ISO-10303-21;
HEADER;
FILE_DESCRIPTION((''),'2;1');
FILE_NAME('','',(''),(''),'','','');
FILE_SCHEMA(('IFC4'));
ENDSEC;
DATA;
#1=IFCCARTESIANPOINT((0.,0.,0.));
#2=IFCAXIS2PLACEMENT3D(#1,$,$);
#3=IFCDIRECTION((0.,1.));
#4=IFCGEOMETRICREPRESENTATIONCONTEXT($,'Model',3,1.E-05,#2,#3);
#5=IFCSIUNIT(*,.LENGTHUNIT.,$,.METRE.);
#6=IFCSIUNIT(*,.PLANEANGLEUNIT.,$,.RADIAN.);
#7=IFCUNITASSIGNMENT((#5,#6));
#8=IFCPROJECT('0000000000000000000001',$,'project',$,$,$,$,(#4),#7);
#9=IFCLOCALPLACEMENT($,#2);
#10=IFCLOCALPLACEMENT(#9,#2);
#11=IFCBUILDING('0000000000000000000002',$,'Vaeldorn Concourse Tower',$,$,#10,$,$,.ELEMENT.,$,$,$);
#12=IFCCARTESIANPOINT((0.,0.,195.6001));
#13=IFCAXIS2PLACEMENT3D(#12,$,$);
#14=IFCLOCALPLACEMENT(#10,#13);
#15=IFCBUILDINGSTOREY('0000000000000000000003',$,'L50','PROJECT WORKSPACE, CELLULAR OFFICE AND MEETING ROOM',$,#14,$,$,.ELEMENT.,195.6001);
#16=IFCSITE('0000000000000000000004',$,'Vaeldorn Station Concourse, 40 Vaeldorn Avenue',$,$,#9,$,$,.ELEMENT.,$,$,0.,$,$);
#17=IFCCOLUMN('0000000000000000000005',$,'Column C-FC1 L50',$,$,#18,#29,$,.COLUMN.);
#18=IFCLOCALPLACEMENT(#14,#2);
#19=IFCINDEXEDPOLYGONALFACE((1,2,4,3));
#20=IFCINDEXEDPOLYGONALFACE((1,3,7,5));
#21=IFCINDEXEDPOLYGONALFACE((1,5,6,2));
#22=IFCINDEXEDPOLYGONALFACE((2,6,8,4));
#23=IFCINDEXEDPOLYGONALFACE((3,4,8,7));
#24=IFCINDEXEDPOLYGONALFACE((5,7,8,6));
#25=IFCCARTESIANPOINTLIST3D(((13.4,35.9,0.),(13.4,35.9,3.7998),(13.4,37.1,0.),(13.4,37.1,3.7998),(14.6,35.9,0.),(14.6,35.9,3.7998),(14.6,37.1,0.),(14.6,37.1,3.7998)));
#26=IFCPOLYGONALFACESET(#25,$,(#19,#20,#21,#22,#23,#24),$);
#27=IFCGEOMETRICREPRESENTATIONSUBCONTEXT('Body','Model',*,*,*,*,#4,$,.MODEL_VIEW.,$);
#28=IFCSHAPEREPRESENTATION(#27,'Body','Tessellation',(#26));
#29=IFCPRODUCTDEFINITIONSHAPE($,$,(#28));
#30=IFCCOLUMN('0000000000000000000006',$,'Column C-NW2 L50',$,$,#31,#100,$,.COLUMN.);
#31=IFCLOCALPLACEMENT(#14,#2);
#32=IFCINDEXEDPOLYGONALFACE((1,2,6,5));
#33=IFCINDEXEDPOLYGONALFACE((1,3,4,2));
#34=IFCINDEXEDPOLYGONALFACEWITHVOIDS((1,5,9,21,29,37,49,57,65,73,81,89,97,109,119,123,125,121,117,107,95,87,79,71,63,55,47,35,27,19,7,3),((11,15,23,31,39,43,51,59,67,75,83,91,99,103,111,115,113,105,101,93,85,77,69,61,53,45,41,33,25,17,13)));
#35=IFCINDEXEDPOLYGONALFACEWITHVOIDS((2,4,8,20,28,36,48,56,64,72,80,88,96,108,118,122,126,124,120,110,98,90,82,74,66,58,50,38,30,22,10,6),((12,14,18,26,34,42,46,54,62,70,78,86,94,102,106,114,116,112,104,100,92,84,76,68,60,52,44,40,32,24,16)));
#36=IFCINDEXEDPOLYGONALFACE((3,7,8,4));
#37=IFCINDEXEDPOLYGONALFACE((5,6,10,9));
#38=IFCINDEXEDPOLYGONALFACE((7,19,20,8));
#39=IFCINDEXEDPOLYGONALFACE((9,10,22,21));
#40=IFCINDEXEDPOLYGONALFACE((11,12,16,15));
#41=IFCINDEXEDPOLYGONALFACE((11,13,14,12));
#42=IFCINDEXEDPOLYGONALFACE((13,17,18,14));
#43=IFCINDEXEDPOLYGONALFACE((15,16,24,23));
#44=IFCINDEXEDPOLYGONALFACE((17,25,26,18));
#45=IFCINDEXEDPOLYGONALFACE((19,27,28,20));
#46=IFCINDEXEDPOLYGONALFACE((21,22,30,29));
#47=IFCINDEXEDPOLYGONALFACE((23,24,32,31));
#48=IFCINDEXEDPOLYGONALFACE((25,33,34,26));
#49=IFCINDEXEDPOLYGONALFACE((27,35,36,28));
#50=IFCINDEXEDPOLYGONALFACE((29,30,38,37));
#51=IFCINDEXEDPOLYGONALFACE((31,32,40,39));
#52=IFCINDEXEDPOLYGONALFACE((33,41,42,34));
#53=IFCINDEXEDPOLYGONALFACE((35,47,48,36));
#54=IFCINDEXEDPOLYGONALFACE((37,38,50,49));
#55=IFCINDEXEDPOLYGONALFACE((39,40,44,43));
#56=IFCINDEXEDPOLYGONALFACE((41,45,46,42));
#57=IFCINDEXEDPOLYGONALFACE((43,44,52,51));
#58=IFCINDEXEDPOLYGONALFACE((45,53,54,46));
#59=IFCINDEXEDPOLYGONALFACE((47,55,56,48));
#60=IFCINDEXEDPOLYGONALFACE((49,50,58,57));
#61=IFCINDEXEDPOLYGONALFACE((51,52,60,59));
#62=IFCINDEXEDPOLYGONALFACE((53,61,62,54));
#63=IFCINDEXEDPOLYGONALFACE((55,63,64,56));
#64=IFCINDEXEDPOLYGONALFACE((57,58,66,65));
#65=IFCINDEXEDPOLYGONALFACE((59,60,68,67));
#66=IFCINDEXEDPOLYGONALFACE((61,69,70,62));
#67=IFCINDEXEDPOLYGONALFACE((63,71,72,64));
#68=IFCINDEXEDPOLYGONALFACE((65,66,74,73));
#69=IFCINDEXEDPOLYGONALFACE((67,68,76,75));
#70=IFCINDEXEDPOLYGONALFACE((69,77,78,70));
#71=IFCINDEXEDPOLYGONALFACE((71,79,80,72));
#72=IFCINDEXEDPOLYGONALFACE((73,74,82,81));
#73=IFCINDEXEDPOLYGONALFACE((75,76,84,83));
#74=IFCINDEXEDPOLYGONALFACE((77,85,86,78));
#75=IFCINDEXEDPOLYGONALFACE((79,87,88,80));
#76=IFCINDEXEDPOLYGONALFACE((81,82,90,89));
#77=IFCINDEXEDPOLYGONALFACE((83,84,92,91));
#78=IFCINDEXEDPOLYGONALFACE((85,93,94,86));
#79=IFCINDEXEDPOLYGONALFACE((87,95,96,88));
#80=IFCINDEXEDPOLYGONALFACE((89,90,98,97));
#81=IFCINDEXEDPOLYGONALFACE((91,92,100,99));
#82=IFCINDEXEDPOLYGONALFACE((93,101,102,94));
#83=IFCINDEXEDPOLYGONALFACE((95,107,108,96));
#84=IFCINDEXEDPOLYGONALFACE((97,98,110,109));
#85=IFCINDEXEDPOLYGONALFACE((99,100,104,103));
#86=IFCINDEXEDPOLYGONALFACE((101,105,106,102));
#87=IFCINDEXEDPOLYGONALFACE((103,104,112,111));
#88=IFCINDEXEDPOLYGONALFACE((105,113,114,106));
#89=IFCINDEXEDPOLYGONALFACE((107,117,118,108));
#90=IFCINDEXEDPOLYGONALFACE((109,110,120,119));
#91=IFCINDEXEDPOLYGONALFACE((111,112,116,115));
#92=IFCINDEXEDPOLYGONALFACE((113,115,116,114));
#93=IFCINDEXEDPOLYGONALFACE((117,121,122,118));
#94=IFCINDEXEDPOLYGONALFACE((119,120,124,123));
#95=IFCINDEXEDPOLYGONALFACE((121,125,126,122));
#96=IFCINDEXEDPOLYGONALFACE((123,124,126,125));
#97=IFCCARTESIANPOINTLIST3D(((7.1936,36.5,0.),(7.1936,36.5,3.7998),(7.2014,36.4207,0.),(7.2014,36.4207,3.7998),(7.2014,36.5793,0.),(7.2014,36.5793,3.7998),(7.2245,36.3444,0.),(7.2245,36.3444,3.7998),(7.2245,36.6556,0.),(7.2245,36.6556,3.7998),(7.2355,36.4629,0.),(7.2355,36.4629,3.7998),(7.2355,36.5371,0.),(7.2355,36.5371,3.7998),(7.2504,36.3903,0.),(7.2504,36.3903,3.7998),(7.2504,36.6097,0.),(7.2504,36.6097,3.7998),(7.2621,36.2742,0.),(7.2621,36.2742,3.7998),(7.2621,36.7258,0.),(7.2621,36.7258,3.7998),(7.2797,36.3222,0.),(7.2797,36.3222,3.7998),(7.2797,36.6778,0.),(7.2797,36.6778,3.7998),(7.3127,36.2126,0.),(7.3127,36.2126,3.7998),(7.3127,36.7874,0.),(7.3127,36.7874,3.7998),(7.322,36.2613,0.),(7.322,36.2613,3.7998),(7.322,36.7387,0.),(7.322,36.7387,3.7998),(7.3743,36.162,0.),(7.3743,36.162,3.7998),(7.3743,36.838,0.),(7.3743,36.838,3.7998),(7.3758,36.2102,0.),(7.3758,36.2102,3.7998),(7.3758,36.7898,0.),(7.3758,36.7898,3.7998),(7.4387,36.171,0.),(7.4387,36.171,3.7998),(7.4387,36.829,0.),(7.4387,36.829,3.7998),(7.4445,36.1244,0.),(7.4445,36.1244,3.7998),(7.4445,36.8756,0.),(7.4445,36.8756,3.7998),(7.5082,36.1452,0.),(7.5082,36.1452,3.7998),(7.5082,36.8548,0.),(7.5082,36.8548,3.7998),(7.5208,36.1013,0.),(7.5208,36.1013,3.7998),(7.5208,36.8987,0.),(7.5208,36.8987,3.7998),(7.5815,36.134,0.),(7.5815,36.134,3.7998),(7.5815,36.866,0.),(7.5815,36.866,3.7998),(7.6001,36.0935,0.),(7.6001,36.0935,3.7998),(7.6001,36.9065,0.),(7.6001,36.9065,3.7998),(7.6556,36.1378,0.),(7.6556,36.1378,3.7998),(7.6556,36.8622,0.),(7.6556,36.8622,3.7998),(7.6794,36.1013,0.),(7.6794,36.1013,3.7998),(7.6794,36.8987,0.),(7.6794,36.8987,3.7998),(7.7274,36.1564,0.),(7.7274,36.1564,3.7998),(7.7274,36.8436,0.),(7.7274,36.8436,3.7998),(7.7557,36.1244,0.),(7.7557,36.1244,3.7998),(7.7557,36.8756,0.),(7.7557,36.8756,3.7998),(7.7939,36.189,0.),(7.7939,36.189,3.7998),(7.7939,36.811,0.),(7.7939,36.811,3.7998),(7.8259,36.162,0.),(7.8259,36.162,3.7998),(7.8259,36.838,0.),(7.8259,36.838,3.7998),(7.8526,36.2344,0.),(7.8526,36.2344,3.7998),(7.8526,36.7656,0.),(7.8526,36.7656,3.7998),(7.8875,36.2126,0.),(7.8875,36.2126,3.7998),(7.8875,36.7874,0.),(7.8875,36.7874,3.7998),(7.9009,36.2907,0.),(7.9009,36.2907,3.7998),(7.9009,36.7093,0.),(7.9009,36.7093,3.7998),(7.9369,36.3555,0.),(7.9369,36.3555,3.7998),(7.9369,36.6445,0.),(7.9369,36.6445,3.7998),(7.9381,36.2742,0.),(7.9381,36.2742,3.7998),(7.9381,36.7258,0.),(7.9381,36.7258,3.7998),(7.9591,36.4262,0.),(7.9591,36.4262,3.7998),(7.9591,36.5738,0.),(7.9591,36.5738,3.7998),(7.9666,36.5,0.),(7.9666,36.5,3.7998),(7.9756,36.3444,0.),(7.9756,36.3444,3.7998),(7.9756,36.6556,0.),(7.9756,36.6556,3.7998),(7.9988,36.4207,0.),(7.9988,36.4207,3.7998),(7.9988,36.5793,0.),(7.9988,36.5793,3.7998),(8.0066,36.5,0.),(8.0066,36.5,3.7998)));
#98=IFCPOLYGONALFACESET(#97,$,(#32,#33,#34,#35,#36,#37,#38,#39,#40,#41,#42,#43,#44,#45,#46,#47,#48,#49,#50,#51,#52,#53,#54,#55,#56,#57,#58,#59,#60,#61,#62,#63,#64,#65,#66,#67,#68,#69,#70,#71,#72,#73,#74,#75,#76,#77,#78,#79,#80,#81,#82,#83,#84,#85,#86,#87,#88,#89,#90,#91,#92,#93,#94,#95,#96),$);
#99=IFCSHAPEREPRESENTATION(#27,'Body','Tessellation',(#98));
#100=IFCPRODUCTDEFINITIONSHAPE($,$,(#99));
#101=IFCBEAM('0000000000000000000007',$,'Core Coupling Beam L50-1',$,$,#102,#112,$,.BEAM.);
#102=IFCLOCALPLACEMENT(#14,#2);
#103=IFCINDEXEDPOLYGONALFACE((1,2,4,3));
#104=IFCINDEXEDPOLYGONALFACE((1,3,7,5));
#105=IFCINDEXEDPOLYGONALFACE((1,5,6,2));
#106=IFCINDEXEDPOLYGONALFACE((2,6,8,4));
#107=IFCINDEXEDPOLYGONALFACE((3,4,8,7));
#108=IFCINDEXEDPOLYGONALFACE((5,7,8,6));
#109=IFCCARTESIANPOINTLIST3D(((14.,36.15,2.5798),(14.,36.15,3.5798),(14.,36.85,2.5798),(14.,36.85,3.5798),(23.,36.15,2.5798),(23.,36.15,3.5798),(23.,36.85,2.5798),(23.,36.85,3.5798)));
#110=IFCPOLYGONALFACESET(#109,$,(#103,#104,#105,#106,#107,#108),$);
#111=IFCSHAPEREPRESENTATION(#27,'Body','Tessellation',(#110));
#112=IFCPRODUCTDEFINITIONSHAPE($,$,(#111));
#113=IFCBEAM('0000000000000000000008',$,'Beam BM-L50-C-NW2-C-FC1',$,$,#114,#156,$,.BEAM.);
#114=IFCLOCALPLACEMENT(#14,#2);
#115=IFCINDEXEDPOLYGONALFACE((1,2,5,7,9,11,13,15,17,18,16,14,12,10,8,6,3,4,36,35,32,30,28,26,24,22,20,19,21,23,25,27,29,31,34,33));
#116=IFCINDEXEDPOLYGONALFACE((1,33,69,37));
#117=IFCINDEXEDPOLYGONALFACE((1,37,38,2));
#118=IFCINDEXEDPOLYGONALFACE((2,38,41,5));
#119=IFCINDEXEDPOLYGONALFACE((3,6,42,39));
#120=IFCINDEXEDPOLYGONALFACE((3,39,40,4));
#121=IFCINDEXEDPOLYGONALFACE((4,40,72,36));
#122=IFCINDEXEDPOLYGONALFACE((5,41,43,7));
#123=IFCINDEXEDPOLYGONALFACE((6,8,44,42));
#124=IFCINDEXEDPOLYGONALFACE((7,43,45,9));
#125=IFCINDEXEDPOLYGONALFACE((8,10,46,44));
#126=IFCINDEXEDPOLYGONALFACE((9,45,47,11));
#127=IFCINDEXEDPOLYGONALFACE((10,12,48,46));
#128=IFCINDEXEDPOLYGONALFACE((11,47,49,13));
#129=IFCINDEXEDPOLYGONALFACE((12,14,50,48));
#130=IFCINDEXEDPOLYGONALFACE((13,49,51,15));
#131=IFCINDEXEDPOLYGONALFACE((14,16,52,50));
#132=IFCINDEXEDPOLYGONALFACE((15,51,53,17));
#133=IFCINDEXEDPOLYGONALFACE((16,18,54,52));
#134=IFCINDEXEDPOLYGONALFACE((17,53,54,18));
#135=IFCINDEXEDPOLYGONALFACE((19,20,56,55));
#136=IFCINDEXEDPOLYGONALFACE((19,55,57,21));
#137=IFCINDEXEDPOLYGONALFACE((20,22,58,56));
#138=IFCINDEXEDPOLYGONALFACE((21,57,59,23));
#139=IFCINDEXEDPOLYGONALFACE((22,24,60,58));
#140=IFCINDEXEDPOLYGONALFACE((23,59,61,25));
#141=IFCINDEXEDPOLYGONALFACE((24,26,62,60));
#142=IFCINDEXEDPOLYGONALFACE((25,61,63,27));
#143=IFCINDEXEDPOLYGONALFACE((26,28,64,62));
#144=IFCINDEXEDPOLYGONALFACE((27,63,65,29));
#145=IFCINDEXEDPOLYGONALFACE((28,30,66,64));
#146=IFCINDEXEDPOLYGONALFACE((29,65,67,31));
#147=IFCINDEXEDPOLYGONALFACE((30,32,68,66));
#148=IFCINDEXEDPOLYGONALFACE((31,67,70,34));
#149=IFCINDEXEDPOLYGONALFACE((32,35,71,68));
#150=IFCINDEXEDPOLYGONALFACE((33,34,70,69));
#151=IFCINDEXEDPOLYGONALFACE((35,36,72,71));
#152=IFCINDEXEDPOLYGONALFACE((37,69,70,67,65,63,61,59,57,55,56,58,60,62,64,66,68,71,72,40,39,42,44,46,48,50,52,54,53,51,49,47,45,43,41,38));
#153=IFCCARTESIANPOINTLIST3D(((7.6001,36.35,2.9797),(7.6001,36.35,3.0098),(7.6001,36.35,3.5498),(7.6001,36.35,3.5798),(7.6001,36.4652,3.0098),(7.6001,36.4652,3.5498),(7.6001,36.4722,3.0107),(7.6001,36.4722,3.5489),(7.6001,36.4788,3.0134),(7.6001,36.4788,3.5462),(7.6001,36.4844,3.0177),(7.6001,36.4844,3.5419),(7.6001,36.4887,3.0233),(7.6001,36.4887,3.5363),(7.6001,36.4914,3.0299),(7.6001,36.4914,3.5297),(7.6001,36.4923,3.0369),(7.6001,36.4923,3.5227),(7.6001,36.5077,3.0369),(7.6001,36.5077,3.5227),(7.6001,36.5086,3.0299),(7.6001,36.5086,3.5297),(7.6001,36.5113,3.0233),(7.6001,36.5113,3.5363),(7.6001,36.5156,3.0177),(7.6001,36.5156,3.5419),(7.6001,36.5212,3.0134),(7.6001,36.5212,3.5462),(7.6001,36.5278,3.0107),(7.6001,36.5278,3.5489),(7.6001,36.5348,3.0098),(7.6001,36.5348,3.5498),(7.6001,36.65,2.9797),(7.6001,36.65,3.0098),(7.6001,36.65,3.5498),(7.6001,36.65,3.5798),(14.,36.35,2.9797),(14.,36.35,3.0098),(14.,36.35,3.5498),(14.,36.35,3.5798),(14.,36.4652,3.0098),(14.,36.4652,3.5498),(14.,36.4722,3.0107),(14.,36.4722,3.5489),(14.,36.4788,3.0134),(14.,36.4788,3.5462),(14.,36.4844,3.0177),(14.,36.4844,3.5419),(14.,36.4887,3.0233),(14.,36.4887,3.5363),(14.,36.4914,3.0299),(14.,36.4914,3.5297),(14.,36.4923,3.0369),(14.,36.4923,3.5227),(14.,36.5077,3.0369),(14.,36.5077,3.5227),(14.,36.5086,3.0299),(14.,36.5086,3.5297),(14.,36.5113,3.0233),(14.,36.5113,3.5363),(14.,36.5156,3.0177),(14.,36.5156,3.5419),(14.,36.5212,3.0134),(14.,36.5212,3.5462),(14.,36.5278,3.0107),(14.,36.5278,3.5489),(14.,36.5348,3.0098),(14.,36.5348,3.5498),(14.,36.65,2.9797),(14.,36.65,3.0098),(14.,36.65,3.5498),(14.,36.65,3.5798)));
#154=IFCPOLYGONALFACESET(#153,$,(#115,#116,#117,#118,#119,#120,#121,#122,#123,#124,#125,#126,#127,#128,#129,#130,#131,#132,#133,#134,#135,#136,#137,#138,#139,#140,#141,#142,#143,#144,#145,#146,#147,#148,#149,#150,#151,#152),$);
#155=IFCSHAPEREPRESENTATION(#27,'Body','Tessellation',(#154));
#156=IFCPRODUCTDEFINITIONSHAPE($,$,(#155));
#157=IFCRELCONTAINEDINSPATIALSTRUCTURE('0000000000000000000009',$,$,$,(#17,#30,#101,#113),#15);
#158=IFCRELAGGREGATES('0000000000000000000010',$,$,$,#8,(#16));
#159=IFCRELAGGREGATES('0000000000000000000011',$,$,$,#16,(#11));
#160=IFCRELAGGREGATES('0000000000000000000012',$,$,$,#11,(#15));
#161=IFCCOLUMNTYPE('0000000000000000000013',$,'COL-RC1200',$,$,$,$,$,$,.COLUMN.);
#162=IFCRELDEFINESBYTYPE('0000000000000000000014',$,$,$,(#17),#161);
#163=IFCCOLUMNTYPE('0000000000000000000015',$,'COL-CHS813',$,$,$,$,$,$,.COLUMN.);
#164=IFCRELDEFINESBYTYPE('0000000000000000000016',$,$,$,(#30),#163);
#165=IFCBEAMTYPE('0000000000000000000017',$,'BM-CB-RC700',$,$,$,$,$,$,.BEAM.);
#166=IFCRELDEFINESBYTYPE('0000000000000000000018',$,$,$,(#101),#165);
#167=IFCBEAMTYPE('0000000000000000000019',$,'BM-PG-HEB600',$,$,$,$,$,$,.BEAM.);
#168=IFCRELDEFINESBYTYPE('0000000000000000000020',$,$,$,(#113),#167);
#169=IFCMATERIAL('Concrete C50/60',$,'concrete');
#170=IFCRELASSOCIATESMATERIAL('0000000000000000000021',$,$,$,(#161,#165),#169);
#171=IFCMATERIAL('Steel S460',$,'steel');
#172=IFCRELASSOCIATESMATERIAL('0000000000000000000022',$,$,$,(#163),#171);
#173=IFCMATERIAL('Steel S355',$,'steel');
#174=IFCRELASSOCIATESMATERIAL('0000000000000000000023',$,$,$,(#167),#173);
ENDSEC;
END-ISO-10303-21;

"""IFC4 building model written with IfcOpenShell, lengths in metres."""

from ifc_helpers import new_model, si_unit, direction, frame, origin, origin_2d, place, context, subcontext, project, spatial, rectangle, hollow_circle, i_section, extrude, source, transform, mapped, material, material_profile, profile_set, type_object, element, save


model = new_model("IFC4")

# Units and contexts
model_context = context("Model", 3, precision=1e-05, world=origin(), true_north=direction((0.0, 1.0)))
body_context = subcontext(model_context, "Body", "Model", "MODEL_VIEW")
ifc_project = project(units=[si_unit("LENGTHUNIT", "METRE"), si_unit("PLANEANGLEUNIT", "RADIAN")], contexts=[model_context])

# Site, building, storey
site_placement = place(None, origin())
site = spatial("IfcSite", under=ifc_project, at=site_placement, Name="Vaeldorn Station Concourse, 40 Vaeldorn Avenue", CompositionType="ELEMENT", RefElevation=0.0)
building_placement = place(site_placement, origin())
building = spatial("IfcBuilding", under=site, at=building_placement, Name="Vaeldorn Concourse Tower", CompositionType="ELEMENT")
storey_placement = place(building_placement, frame((0.0, 0.0, 195.6001)))
storey = spatial("IfcBuildingStorey", under=building, at=storey_placement, Name="L50", Description="PROJECT WORKSPACE, CELLULAR OFFICE AND MEETING ROOM", CompositionType="ELEMENT", Elevation=195.6001)

# Columns
ifc_material_1 = material(Name="Concrete C50/60", Category="concrete")
ifc_material_profile_1 = material_profile(ifc_material_1, rectangle(XDim=1.2, YDim=1.2, at=origin_2d()), Name="RC 1200x1200")
ifc_profile_set_1 = profile_set([ifc_material_profile_1], Name="Concrete C50/60")
column_type_1 = type_object("IfcColumnType", Name="COL-RC1200", PredefinedType="COLUMN", material=ifc_profile_set_1)
shared_shape_1 = source(origin(), body_context, "Body", "SweptSolid", [
    extrude(rectangle(XDim=1.2, YDim=1.2, at=origin_2d()), origin(), (0.0, 0.0, 1.0), 3.7998),
])
column_1_placement = place(storey_placement, frame((14.0, 36.5, 0.0), z_axis=(0.0, 0.0, 1.0), x_axis=(1.0, 0.0, 0.0)))
element("IfcColumn", 1, at=column_1_placement, inside=storey, type_object=column_type_1, Name="Column C-FC1 L50", PredefinedType="COLUMN", context=body_context, shape_type="MappedRepresentation", body=[
    mapped(shared_shape_1, transform((0.0, 0.0, 0.0), scale=1.0)),
])
ifc_material_2 = material(Name="Steel S460", Category="steel")
ifc_material_profile_2 = material_profile(ifc_material_2, hollow_circle(Radius=0.4065, WallThickness=0.04, at=origin_2d()), Name="CHS 813x40")
ifc_profile_set_2 = profile_set([ifc_material_profile_2], Name="Steel S460")
column_type_2 = type_object("IfcColumnType", Name="COL-CHS813", PredefinedType="COLUMN", material=ifc_profile_set_2)
shared_shape_2 = source(origin(), body_context, "Body", "SweptSolid", [
    extrude(hollow_circle(Radius=0.4065, WallThickness=0.04, at=origin_2d()), origin(), (0.0, 0.0, 1.0), 3.7998),
])
column_2_placement = place(storey_placement, frame((7.6001, 36.5, 0.0), z_axis=(0.0, 0.0, 1.0), x_axis=(1.0, 0.0, 0.0)))
element("IfcColumn", 2, at=column_2_placement, inside=storey, type_object=column_type_2, Name="Column C-NW2 L50", PredefinedType="COLUMN", context=body_context, shape_type="MappedRepresentation", body=[
    mapped(shared_shape_2, transform((0.0, 0.0, 0.0), scale=1.0)),
])

# Beams
ifc_material_profile_3 = material_profile(ifc_material_1, rectangle(XDim=0.7, YDim=1.0, at=origin_2d()), Name="RC 700x1000")
ifc_profile_set_3 = profile_set([ifc_material_profile_3], Name="Concrete C50/60")
beam_type_1 = type_object("IfcBeamType", Name="BM-CB-RC700", PredefinedType="BEAM", material=ifc_profile_set_3)
shared_shape_3 = source(origin(), body_context, "Body", "SweptSolid", [
    extrude(rectangle(XDim=0.7, YDim=1.0, at=origin_2d()), origin(), (0.0, 0.0, 1.0), 9.0),
])
beam_1_placement = place(storey_placement, frame((14.0, 36.5, 3.0798), z_axis=(1.0, 0.0, 0.0), x_axis=(0.0, 1.0, 0.0)))
element("IfcBeam", 3, at=beam_1_placement, inside=storey, type_object=beam_type_1, Name="Core Coupling Beam L50-1", PredefinedType="BEAM", context=body_context, shape_type="MappedRepresentation", body=[
    mapped(shared_shape_3, transform((0.0, 0.0, 0.0), scale=1.0)),
])
ifc_material_3 = material(Name="Steel S355", Category="steel")
ifc_material_profile_4 = material_profile(ifc_material_3, i_section(OverallWidth=0.3, OverallDepth=0.6001, WebThickness=0.0154, FlangeThickness=0.03, FilletRadius=0.0271, at=origin_2d()), Name="HEB 600")
ifc_profile_set_4 = profile_set([ifc_material_profile_4], Name="Steel S355")
beam_type_2 = type_object("IfcBeamType", Name="BM-PG-HEB600", PredefinedType="BEAM", material=ifc_profile_set_4)
shared_shape_4 = source(origin(), body_context, "Body", "SweptSolid", [
    extrude(i_section(OverallWidth=0.3, OverallDepth=0.6001, WebThickness=0.0154, FlangeThickness=0.03, FilletRadius=0.0271, at=origin_2d()), origin(), (0.0, 0.0, 1.0), 6.3999),
])
beam_2_placement = place(storey_placement, frame((7.6001, 36.5, 3.2798), z_axis=(1.0, 0.0, 0.0), x_axis=(0.0, 1.0, 0.0)))
element("IfcBeam", 4, at=beam_2_placement, inside=storey, type_object=beam_type_2, Name="Beam BM-L50-C-NW2-C-FC1", PredefinedType="BEAM", context=body_context, shape_type="MappedRepresentation", body=[
    mapped(shared_shape_4, transform((0.0, 0.0, 0.0), scale=1.0)),
])

save(model, "model.ifc")
